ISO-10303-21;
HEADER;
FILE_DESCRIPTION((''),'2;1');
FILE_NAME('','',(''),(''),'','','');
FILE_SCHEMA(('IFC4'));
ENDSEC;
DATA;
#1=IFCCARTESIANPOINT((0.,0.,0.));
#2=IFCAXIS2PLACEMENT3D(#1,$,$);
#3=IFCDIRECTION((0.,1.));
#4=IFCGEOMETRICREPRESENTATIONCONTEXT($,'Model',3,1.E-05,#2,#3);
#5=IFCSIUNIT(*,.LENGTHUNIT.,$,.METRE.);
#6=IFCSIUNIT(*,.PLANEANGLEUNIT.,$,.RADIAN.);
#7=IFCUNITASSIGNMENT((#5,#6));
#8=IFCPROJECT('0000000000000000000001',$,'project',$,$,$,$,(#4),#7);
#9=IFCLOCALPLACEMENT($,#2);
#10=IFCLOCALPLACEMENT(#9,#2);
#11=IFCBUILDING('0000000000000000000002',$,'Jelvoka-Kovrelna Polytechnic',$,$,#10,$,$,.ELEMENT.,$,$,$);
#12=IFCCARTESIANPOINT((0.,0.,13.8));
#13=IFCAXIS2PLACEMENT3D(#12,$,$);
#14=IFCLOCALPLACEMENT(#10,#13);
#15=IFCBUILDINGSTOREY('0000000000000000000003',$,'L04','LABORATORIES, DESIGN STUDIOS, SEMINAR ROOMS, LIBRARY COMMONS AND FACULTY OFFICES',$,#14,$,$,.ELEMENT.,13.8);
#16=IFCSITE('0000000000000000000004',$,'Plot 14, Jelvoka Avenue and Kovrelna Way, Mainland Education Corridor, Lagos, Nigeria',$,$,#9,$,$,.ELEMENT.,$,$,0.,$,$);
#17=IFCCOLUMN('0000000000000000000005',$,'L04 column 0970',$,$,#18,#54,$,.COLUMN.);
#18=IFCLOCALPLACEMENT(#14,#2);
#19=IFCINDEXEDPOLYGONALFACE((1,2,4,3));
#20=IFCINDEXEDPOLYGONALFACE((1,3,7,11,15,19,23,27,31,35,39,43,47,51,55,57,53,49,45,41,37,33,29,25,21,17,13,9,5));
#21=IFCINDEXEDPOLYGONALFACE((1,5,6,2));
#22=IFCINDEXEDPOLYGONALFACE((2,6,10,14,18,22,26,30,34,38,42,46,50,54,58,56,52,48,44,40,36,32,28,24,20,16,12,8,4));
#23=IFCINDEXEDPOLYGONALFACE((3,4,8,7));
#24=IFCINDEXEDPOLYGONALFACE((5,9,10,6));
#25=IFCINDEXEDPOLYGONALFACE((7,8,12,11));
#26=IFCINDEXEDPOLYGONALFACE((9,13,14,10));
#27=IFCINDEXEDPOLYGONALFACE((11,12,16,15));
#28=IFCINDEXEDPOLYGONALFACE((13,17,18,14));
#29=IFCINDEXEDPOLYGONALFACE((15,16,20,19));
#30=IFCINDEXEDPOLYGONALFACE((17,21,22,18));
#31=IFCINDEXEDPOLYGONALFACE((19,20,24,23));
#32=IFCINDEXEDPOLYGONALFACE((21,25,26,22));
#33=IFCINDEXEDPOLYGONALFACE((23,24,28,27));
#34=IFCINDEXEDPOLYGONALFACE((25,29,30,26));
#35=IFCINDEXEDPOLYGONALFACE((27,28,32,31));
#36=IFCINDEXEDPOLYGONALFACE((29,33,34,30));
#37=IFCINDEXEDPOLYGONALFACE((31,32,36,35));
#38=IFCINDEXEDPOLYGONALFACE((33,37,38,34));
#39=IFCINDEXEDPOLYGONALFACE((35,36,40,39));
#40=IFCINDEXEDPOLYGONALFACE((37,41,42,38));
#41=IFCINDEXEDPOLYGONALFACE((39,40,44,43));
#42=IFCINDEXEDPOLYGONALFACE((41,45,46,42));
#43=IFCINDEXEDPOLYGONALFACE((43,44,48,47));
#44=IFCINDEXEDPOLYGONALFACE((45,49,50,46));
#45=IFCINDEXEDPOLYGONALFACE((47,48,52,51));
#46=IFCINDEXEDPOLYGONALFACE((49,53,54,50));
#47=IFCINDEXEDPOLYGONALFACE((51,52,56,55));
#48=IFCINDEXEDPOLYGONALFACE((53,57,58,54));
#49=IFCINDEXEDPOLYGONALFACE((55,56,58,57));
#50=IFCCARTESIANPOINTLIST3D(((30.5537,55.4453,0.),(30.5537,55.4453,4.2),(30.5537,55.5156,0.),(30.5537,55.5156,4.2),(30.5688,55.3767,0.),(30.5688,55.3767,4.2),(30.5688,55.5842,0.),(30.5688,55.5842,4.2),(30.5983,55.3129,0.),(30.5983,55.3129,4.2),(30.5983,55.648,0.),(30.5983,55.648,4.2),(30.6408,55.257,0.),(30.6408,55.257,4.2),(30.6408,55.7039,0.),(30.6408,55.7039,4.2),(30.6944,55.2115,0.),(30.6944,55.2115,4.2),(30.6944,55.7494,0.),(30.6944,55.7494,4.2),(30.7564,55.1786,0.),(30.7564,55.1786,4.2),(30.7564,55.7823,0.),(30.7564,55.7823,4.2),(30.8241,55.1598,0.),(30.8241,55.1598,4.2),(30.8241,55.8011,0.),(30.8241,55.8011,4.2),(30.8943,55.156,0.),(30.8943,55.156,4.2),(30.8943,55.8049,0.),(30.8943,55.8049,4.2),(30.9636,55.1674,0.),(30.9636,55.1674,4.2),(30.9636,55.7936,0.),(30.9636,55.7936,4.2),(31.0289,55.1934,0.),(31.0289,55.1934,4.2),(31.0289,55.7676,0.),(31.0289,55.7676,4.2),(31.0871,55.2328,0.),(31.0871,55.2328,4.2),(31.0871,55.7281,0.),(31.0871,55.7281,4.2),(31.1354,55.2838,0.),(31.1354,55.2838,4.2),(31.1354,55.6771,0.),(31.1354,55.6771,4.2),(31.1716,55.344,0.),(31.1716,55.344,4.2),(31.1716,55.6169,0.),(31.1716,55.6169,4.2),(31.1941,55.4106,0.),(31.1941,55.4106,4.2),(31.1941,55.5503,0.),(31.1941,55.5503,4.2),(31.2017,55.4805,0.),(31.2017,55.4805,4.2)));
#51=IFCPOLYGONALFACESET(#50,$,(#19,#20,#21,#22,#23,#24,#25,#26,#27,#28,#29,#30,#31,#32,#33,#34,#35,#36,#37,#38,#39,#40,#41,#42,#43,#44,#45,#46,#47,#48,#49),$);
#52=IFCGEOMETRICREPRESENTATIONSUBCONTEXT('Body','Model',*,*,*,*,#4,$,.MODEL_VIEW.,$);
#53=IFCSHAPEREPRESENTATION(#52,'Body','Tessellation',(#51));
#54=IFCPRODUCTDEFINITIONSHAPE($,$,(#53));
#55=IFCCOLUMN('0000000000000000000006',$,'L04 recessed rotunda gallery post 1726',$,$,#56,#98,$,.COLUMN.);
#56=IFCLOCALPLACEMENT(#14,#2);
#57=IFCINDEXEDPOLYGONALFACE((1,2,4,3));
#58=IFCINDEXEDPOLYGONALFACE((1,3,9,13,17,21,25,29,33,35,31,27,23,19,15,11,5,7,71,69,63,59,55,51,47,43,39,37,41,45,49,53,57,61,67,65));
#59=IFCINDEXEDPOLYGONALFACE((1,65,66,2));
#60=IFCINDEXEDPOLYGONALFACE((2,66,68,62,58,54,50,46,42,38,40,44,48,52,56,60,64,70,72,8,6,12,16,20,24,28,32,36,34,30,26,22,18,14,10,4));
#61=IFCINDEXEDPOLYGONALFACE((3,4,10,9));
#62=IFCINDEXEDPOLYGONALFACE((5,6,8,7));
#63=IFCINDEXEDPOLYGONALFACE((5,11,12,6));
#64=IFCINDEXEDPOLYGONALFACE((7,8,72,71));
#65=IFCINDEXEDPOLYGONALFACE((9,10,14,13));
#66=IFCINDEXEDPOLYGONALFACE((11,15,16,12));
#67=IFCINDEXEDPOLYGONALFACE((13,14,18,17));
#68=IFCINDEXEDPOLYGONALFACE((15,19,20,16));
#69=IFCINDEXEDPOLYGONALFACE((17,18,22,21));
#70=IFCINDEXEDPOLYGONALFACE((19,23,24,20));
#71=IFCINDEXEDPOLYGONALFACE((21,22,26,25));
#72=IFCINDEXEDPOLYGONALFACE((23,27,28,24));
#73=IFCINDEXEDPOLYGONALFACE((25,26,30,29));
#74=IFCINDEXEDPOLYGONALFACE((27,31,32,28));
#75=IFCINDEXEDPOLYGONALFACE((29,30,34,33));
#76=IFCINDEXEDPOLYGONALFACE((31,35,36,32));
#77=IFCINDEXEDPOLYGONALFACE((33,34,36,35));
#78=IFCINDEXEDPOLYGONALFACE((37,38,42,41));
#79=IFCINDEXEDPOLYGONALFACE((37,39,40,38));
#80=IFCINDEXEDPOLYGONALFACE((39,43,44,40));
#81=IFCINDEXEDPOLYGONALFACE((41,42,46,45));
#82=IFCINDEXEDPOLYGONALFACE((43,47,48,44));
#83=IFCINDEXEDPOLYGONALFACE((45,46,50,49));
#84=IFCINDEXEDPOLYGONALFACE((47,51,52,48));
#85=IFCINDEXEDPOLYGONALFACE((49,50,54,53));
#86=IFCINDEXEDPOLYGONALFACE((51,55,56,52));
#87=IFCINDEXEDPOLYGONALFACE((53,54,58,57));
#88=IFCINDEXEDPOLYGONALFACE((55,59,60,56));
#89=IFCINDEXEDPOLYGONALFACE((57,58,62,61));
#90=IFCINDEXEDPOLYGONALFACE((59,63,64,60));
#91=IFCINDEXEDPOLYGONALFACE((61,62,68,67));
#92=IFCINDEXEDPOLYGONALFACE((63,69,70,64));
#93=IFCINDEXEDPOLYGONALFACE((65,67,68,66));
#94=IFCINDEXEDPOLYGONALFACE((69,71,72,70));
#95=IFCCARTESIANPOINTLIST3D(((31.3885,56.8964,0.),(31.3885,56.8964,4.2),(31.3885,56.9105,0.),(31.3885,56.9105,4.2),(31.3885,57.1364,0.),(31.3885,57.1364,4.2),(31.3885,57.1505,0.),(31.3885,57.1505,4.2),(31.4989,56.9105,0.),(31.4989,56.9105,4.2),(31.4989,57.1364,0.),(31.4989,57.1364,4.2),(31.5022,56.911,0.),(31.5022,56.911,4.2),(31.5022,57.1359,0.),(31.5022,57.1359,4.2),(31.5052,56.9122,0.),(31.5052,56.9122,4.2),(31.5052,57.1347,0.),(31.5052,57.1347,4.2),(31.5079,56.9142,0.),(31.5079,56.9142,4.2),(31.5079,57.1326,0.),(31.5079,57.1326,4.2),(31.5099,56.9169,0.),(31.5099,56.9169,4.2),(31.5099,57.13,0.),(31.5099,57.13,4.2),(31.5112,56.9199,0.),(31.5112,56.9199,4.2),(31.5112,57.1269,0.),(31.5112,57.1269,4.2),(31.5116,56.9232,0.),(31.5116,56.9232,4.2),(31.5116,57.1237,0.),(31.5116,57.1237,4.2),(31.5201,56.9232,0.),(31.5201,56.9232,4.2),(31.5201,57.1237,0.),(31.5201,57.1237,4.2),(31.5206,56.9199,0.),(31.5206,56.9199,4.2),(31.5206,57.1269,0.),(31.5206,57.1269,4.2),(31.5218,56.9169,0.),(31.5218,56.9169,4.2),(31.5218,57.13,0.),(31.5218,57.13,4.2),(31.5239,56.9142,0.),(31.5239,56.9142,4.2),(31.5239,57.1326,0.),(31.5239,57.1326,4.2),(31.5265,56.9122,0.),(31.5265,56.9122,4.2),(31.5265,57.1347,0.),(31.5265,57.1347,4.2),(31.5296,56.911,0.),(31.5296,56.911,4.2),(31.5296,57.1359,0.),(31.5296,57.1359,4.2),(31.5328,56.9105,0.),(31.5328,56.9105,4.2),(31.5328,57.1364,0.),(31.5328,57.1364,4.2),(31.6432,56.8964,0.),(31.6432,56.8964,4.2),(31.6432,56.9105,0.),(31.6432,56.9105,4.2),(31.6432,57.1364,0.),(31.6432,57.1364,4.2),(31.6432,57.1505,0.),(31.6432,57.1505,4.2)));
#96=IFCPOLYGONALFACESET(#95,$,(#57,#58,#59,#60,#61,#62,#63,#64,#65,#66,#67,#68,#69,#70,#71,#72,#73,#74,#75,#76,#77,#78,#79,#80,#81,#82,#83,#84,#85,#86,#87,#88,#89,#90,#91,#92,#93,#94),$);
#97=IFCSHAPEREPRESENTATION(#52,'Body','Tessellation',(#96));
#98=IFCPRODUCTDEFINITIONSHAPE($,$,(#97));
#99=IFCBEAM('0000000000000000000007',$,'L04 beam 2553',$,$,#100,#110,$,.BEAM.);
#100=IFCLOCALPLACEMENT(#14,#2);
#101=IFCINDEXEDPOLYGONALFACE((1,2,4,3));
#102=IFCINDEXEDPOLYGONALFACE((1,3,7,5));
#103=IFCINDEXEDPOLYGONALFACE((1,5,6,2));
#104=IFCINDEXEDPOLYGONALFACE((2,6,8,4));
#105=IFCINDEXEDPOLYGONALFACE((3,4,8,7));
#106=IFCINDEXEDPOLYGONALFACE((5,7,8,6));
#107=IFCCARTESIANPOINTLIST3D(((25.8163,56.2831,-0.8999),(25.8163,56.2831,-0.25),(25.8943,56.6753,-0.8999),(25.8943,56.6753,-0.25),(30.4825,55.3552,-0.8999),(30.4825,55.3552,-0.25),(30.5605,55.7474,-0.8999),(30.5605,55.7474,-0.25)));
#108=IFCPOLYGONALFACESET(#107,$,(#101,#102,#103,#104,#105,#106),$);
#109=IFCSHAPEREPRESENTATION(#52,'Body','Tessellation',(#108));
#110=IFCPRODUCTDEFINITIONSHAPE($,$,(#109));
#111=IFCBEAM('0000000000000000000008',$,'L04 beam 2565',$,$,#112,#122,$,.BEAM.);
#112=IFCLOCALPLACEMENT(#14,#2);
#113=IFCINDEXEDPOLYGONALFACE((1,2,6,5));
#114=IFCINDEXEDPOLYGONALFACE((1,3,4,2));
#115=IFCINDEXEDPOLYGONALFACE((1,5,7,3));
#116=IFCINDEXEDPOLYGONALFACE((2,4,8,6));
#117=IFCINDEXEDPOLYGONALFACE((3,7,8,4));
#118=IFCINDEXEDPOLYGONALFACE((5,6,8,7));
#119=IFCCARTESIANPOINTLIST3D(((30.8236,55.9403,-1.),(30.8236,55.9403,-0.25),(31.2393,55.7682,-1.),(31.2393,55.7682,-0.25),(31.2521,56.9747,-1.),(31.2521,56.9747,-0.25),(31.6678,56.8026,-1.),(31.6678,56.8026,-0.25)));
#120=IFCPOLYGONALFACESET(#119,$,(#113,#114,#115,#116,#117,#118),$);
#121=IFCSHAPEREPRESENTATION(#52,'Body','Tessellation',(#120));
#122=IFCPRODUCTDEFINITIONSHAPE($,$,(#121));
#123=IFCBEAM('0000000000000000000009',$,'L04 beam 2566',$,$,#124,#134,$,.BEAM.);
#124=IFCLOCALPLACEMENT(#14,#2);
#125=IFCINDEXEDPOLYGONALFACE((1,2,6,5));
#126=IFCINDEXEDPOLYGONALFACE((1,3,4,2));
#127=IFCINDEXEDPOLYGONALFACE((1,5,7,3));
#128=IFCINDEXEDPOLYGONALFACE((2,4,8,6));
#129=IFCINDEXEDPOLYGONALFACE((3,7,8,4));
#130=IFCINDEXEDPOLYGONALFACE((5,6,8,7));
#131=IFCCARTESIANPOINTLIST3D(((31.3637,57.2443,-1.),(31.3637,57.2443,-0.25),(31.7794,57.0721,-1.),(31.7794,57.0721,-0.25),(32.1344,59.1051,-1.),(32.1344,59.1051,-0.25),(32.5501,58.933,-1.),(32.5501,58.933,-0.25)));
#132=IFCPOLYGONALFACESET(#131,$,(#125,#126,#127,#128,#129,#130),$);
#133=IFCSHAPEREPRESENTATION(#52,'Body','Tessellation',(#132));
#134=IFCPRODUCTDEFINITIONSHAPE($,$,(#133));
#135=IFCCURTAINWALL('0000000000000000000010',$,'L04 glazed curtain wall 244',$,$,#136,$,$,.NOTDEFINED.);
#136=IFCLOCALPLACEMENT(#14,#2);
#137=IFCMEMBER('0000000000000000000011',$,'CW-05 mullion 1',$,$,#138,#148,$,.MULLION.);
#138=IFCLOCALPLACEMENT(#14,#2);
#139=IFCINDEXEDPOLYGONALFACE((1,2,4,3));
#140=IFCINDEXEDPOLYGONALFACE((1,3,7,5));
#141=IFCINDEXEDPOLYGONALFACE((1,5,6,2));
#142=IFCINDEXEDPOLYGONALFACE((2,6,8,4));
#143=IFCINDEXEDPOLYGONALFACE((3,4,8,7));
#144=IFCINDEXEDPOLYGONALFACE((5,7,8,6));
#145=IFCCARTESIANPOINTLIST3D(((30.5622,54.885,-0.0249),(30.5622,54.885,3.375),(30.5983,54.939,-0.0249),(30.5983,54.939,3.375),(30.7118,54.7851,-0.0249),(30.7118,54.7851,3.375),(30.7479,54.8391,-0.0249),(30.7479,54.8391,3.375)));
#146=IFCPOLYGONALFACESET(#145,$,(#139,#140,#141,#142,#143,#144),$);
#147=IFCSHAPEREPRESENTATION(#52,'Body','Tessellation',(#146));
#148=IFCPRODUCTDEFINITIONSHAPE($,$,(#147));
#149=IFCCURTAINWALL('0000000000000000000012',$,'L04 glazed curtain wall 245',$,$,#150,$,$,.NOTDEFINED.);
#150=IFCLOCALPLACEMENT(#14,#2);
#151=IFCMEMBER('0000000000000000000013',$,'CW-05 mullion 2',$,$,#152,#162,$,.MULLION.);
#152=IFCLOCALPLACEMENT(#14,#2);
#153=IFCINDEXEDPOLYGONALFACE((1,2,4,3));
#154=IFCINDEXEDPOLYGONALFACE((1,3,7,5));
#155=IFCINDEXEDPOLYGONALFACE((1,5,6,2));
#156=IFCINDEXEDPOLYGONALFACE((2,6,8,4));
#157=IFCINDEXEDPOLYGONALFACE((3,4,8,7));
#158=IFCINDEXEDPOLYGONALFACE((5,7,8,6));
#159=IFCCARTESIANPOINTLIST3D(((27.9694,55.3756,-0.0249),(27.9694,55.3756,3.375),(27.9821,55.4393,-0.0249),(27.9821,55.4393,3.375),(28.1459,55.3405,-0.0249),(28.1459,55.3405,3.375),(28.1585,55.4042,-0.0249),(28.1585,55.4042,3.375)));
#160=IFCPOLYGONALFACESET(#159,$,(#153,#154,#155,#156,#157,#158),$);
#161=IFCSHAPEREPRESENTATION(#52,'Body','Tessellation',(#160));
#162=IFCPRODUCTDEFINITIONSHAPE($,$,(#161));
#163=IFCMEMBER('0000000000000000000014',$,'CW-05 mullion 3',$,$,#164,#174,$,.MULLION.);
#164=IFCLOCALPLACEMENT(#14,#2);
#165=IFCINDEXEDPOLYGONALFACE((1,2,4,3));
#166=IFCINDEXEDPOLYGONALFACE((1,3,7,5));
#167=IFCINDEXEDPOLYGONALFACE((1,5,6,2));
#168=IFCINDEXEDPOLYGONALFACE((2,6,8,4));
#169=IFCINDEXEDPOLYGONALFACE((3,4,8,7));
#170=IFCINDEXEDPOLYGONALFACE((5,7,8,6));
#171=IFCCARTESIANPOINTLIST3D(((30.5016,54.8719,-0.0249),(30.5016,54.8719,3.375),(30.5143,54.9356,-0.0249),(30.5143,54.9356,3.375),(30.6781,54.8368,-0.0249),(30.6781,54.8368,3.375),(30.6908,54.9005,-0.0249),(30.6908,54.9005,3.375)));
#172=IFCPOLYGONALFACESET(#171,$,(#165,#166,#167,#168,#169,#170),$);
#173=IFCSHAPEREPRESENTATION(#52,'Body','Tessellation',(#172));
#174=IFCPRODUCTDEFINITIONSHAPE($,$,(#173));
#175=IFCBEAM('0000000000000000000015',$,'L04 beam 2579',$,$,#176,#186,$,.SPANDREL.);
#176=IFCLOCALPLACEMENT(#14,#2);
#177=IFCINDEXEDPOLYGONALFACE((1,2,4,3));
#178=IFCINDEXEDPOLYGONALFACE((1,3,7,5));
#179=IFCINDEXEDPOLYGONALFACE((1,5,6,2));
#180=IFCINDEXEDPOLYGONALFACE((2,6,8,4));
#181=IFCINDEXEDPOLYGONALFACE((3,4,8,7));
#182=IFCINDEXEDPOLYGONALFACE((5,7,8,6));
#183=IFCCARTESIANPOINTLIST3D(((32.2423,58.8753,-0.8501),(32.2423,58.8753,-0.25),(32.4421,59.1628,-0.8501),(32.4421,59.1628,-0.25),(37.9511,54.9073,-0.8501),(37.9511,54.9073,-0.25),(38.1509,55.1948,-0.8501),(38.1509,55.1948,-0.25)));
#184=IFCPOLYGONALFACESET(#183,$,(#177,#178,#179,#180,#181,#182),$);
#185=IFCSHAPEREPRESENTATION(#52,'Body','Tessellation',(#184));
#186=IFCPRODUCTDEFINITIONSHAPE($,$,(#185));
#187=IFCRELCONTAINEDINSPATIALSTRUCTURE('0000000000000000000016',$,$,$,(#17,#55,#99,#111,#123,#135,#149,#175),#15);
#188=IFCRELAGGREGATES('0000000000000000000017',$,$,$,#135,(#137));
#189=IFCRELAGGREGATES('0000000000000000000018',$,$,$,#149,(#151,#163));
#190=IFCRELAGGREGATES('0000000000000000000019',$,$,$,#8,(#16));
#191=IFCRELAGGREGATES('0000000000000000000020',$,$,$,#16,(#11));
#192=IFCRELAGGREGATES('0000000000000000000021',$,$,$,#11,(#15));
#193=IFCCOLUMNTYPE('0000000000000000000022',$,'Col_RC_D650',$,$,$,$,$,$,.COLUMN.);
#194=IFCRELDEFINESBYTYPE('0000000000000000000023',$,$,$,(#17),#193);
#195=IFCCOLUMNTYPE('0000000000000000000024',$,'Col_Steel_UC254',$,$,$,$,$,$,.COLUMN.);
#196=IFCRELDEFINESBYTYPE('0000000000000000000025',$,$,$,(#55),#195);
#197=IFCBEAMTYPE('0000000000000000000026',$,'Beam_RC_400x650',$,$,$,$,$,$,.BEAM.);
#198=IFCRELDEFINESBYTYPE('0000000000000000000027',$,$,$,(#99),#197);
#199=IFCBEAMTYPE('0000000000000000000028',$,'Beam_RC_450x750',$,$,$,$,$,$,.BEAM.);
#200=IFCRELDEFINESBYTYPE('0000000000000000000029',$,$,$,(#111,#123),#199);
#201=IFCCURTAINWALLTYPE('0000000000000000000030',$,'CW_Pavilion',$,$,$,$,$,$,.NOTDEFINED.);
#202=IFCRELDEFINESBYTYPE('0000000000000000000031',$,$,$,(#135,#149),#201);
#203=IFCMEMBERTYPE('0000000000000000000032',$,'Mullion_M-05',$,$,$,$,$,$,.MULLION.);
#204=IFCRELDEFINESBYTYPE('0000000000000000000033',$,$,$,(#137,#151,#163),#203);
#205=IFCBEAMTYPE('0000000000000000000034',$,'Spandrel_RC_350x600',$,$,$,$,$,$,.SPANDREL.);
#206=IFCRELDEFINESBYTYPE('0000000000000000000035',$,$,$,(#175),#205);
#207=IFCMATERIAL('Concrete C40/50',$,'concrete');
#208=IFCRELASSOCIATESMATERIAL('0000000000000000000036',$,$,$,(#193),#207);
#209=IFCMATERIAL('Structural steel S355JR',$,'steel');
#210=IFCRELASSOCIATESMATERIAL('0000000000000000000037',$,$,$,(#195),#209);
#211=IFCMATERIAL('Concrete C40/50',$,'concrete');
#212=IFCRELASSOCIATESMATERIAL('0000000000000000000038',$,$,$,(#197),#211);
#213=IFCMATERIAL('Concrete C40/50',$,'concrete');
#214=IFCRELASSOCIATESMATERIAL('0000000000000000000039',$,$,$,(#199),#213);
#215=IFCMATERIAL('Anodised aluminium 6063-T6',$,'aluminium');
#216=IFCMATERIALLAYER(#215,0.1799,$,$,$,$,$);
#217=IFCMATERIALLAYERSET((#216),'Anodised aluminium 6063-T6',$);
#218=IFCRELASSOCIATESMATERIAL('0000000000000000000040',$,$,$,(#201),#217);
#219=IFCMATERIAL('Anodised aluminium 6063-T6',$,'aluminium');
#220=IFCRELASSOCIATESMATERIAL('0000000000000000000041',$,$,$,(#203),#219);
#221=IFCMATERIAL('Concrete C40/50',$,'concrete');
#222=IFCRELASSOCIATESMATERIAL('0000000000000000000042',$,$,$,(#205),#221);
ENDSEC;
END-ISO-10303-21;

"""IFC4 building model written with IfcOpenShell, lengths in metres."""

from ifc_helpers import new_model, si_unit, direction, frame, origin, origin_2d, place, context, subcontext, project, spatial, rectangle, circle, i_section, extrude, material, layer, layer_set, material_profile, profile_set, type_object, element, aggregate, save


model = new_model("IFC4")

# Units and contexts
model_context = context("Model", 3, precision=1e-05, world=origin(), true_north=direction((0.0, 1.0)))
body_context = subcontext(model_context, "Body", "Model", "MODEL_VIEW")
ifc_project = project(units=[si_unit("LENGTHUNIT", "METRE"), si_unit("PLANEANGLEUNIT", "RADIAN")], contexts=[model_context])

# Site, building, storey
site_placement = place(None, origin())
site = spatial("IfcSite", under=ifc_project, at=site_placement, Name="Plot 14, Jelvoka Avenue and Kovrelna Way, Mainland Education Corridor, Lagos, Nigeria", CompositionType="ELEMENT", RefElevation=0.0)
building_placement = place(site_placement, origin())
building = spatial("IfcBuilding", under=site, at=building_placement, Name="Jelvoka-Kovrelna Polytechnic", CompositionType="ELEMENT")
storey_placement = place(building_placement, frame((0.0, 0.0, 13.8)))
storey = spatial("IfcBuildingStorey", under=building, at=storey_placement, Name="L04", Description="LABORATORIES, DESIGN STUDIOS, SEMINAR ROOMS, LIBRARY COMMONS AND FACULTY OFFICES", CompositionType="ELEMENT", Elevation=13.8)

# Columns
ifc_material_1 = material(Name="Concrete C40/50", Category="concrete")
ifc_material_profile_1 = material_profile(ifc_material_1, circle(Radius=0.325, at=origin_2d()), Name="RC D650")
ifc_profile_set_1 = profile_set([ifc_material_profile_1], Name="Concrete C40/50")
column_type_1 = type_object("IfcColumnType", Name="Col_RC_D650", PredefinedType="COLUMN", material=ifc_profile_set_1)
column_1_placement = place(storey_placement, frame((30.8767, 55.4805, 0.0), z_axis=(0.0, 0.0, 1.0), x_axis=(1.0, 0.0, 0.0)))
element("IfcColumn", 1, at=column_1_placement, inside=storey, type_object=column_type_1, Name="L04 column 0970", PredefinedType="COLUMN", context=body_context, shape_type="SweptSolid", body=[
    extrude(circle(Radius=0.325, at=origin_2d()), origin(), (0.0, 0.0, 1.0), 4.2),
])
ifc_material_2 = material(Name="Structural steel S355JR", Category="steel")
ifc_material_profile_2 = material_profile(ifc_material_2, i_section(OverallWidth=0.2546, OverallDepth=0.2542, WebThickness=0.0085, FlangeThickness=0.0142, FilletRadius=0.0127, at=origin_2d()), Name="254x254x73 UC")
ifc_profile_set_2 = profile_set([ifc_material_profile_2], Name="Structural steel S355JR")
column_type_2 = type_object("IfcColumnType", Name="Col_Steel_UC254", PredefinedType="COLUMN", material=ifc_profile_set_2)
column_2_placement = place(storey_placement, frame((31.5159, 57.0234, 0.0), z_axis=(0.0, 0.0, 1.0), x_axis=(1.0, 0.0, 0.0)))
element("IfcColumn", 2, at=column_2_placement, inside=storey, type_object=column_type_2, Name="L04 recessed rotunda gallery post 1726", PredefinedType="COLUMN", context=body_context, shape_type="SweptSolid", body=[
    extrude(i_section(OverallWidth=0.2546, OverallDepth=0.2542, WebThickness=0.0085, FlangeThickness=0.0142, FilletRadius=0.0127, at=origin_2d()), origin(), (0.0, 0.0, 1.0), 4.2),
])

# Beams
ifc_material_3 = material(Name="Concrete C40/50", Category="concrete")
ifc_material_profile_3 = material_profile(ifc_material_3, rectangle(XDim=0.3999, YDim=0.6499, at=origin_2d()), Name="RC 400x650")
ifc_profile_set_3 = profile_set([ifc_material_profile_3], Name="Concrete C40/50")
beam_type_1 = type_object("IfcBeamType", Name="Beam_RC_400x650", PredefinedType="BEAM", material=ifc_profile_set_3)
beam_1_placement = place(storey_placement, frame((30.5215, 55.5513, -0.575), z_axis=(-0.980793, 0.19505, 0.0), x_axis=(-0.19505, -0.980793, 0.0)))
element("IfcBeam", 3, at=beam_1_placement, inside=storey, type_object=beam_type_1, Name="L04 beam 2553", PredefinedType="BEAM", context=body_context, shape_type="SweptSolid", body=[
    extrude(rectangle(XDim=0.3999, YDim=0.6499, at=origin_2d()), origin(), (0.0, 0.0, 1.0), 4.7576),
])
ifc_material_4 = material(Name="Concrete C40/50", Category="concrete")
ifc_material_profile_4 = material_profile(ifc_material_4, rectangle(XDim=0.45, YDim=0.75, at=origin_2d()), Name="RC 450x750")
ifc_profile_set_4 = profile_set([ifc_material_profile_4], Name="Concrete C40/50")
beam_type_2 = type_object("IfcBeamType", Name="Beam_RC_450x750", PredefinedType="BEAM", material=ifc_profile_set_4)
beam_2_placement = place(storey_placement, frame((31.0315, 55.8542, -0.625), z_axis=(0.382679, 0.923881, 0.0), x_axis=(-0.923881, 0.382679, 0.0)))
element("IfcBeam", 4, at=beam_2_placement, inside=storey, type_object=beam_type_2, Name="L04 beam 2565", PredefinedType="BEAM", context=body_context, shape_type="SweptSolid", body=[
    extrude(rectangle(XDim=0.45, YDim=0.75, at=origin_2d()), origin(), (0.0, 0.0, 1.0), 1.1196),
])
beam_3_placement = place(storey_placement, frame((31.5715, 57.1582, -0.625), z_axis=(0.382669, 0.923885, 0.0), x_axis=(-0.923885, 0.382669, 0.0)))
element("IfcBeam", 5, at=beam_3_placement, inside=storey, type_object=beam_type_2, Name="L04 beam 2566", PredefinedType="BEAM", context=body_context, shape_type="SweptSolid", body=[
    extrude(rectangle(XDim=0.45, YDim=0.75, at=origin_2d()), origin(), (0.0, 0.0, 1.0), 2.0142),
])

# Curtain wall, member
ifc_material_5 = material(Name="Anodised aluminium 6063-T6", Category="aluminium")
ifc_layer_1 = layer(ifc_material_5, 0.1799)
ifc_layer_set_1 = layer_set([ifc_layer_1], Name="Anodised aluminium 6063-T6")
curtain_wall_type = type_object("IfcCurtainWallType", Name="CW_Pavilion", PredefinedType="NOTDEFINED", material=ifc_layer_set_1)
curtain_wall_1_placement = place(storey_placement, origin())
curtain_wall_1 = element("IfcCurtainWall", 6, at=curtain_wall_1_placement, inside=storey, type_object=curtain_wall_type, Name="L04 glazed curtain wall 244", PredefinedType="NOTDEFINED")
ifc_material_6 = material(Name="Anodised aluminium 6063-T6", Category="aluminium")
ifc_material_profile_5 = material_profile(ifc_material_6, rectangle(XDim=0.0649, YDim=0.1799, at=origin_2d()), Name="ALU 65x180")
ifc_profile_set_5 = profile_set([ifc_material_profile_5], Name="Anodised aluminium 6063-T6")
member_type_1 = type_object("IfcMemberType", Name="Mullion_M-05", PredefinedType="MULLION", material=ifc_profile_set_5)
member_1_placement = place(storey_placement, frame((30.655, 54.8621, -0.0249), z_axis=(0.0, 0.0, 1.0), x_axis=(0.555583, 0.831461, 0.0)))
member_1 = element("IfcMember", 7, at=member_1_placement, type_object=member_type_1, Name="CW-05 mullion 1", PredefinedType="MULLION", context=body_context, shape_type="SweptSolid", body=[
    extrude(rectangle(XDim=0.0649, YDim=0.1799, at=origin_2d()), origin(), (0.0, 0.0, 1.0), 3.3999),
])

# Curtain wall, members
curtain_wall_2_placement = place(storey_placement, origin())
curtain_wall_2 = element("IfcCurtainWall", 8, at=curtain_wall_2_placement, inside=storey, type_object=curtain_wall_type, Name="L04 glazed curtain wall 245", PredefinedType="NOTDEFINED")
member_2_placement = place(storey_placement, frame((28.064, 55.3899, -0.0249), z_axis=(0.0, 0.0, 1.0), x_axis=(0.195086, 0.980786, 0.0)))
member_2 = element("IfcMember", 9, at=member_2_placement, type_object=member_type_1, Name="CW-05 mullion 2", PredefinedType="MULLION", context=body_context, shape_type="SweptSolid", body=[
    extrude(rectangle(XDim=0.0649, YDim=0.1799, at=origin_2d()), origin(), (0.0, 0.0, 1.0), 3.3999),
])
member_3_placement = place(storey_placement, frame((30.5962, 54.8862, -0.0249), z_axis=(0.0, 0.0, 1.0), x_axis=(0.195086, 0.980786, 0.0)))
member_3 = element("IfcMember", 10, at=member_3_placement, type_object=member_type_1, Name="CW-05 mullion 3", PredefinedType="MULLION", context=body_context, shape_type="SweptSolid", body=[
    extrude(rectangle(XDim=0.0649, YDim=0.1799, at=origin_2d()), origin(), (0.0, 0.0, 1.0), 3.3999),
])

# Beam
ifc_material_7 = material(Name="Concrete C40/50", Category="concrete")
ifc_material_profile_6 = material_profile(ifc_material_7, rectangle(XDim=0.3501, YDim=0.6001, at=origin_2d()), Name="RC 350x600")
ifc_profile_set_6 = profile_set([ifc_material_profile_6], Name="Concrete C40/50")
beam_type_3 = type_object("IfcBeamType", Name="Spandrel_RC_350x600", PredefinedType="SPANDREL", material=ifc_profile_set_6)
beam_4_placement = place(storey_placement, frame((38.051, 55.051, -0.55), z_axis=(-0.821126, 0.570747, 0.0), x_axis=(-0.570747, -0.821126, 0.0)))
element("IfcBeam", 11, at=beam_4_placement, inside=storey, type_object=beam_type_3, Name="L04 beam 2579", PredefinedType="SPANDREL", context=body_context, shape_type="SweptSolid", body=[
    extrude(rectangle(XDim=0.3501, YDim=0.6001, at=origin_2d()), origin(), (0.0, 0.0, 1.0), 6.9524),
])

aggregate(curtain_wall_1, [member_1])

aggregate(curtain_wall_2, [member_2, member_3])

save(model, "model.ifc")
